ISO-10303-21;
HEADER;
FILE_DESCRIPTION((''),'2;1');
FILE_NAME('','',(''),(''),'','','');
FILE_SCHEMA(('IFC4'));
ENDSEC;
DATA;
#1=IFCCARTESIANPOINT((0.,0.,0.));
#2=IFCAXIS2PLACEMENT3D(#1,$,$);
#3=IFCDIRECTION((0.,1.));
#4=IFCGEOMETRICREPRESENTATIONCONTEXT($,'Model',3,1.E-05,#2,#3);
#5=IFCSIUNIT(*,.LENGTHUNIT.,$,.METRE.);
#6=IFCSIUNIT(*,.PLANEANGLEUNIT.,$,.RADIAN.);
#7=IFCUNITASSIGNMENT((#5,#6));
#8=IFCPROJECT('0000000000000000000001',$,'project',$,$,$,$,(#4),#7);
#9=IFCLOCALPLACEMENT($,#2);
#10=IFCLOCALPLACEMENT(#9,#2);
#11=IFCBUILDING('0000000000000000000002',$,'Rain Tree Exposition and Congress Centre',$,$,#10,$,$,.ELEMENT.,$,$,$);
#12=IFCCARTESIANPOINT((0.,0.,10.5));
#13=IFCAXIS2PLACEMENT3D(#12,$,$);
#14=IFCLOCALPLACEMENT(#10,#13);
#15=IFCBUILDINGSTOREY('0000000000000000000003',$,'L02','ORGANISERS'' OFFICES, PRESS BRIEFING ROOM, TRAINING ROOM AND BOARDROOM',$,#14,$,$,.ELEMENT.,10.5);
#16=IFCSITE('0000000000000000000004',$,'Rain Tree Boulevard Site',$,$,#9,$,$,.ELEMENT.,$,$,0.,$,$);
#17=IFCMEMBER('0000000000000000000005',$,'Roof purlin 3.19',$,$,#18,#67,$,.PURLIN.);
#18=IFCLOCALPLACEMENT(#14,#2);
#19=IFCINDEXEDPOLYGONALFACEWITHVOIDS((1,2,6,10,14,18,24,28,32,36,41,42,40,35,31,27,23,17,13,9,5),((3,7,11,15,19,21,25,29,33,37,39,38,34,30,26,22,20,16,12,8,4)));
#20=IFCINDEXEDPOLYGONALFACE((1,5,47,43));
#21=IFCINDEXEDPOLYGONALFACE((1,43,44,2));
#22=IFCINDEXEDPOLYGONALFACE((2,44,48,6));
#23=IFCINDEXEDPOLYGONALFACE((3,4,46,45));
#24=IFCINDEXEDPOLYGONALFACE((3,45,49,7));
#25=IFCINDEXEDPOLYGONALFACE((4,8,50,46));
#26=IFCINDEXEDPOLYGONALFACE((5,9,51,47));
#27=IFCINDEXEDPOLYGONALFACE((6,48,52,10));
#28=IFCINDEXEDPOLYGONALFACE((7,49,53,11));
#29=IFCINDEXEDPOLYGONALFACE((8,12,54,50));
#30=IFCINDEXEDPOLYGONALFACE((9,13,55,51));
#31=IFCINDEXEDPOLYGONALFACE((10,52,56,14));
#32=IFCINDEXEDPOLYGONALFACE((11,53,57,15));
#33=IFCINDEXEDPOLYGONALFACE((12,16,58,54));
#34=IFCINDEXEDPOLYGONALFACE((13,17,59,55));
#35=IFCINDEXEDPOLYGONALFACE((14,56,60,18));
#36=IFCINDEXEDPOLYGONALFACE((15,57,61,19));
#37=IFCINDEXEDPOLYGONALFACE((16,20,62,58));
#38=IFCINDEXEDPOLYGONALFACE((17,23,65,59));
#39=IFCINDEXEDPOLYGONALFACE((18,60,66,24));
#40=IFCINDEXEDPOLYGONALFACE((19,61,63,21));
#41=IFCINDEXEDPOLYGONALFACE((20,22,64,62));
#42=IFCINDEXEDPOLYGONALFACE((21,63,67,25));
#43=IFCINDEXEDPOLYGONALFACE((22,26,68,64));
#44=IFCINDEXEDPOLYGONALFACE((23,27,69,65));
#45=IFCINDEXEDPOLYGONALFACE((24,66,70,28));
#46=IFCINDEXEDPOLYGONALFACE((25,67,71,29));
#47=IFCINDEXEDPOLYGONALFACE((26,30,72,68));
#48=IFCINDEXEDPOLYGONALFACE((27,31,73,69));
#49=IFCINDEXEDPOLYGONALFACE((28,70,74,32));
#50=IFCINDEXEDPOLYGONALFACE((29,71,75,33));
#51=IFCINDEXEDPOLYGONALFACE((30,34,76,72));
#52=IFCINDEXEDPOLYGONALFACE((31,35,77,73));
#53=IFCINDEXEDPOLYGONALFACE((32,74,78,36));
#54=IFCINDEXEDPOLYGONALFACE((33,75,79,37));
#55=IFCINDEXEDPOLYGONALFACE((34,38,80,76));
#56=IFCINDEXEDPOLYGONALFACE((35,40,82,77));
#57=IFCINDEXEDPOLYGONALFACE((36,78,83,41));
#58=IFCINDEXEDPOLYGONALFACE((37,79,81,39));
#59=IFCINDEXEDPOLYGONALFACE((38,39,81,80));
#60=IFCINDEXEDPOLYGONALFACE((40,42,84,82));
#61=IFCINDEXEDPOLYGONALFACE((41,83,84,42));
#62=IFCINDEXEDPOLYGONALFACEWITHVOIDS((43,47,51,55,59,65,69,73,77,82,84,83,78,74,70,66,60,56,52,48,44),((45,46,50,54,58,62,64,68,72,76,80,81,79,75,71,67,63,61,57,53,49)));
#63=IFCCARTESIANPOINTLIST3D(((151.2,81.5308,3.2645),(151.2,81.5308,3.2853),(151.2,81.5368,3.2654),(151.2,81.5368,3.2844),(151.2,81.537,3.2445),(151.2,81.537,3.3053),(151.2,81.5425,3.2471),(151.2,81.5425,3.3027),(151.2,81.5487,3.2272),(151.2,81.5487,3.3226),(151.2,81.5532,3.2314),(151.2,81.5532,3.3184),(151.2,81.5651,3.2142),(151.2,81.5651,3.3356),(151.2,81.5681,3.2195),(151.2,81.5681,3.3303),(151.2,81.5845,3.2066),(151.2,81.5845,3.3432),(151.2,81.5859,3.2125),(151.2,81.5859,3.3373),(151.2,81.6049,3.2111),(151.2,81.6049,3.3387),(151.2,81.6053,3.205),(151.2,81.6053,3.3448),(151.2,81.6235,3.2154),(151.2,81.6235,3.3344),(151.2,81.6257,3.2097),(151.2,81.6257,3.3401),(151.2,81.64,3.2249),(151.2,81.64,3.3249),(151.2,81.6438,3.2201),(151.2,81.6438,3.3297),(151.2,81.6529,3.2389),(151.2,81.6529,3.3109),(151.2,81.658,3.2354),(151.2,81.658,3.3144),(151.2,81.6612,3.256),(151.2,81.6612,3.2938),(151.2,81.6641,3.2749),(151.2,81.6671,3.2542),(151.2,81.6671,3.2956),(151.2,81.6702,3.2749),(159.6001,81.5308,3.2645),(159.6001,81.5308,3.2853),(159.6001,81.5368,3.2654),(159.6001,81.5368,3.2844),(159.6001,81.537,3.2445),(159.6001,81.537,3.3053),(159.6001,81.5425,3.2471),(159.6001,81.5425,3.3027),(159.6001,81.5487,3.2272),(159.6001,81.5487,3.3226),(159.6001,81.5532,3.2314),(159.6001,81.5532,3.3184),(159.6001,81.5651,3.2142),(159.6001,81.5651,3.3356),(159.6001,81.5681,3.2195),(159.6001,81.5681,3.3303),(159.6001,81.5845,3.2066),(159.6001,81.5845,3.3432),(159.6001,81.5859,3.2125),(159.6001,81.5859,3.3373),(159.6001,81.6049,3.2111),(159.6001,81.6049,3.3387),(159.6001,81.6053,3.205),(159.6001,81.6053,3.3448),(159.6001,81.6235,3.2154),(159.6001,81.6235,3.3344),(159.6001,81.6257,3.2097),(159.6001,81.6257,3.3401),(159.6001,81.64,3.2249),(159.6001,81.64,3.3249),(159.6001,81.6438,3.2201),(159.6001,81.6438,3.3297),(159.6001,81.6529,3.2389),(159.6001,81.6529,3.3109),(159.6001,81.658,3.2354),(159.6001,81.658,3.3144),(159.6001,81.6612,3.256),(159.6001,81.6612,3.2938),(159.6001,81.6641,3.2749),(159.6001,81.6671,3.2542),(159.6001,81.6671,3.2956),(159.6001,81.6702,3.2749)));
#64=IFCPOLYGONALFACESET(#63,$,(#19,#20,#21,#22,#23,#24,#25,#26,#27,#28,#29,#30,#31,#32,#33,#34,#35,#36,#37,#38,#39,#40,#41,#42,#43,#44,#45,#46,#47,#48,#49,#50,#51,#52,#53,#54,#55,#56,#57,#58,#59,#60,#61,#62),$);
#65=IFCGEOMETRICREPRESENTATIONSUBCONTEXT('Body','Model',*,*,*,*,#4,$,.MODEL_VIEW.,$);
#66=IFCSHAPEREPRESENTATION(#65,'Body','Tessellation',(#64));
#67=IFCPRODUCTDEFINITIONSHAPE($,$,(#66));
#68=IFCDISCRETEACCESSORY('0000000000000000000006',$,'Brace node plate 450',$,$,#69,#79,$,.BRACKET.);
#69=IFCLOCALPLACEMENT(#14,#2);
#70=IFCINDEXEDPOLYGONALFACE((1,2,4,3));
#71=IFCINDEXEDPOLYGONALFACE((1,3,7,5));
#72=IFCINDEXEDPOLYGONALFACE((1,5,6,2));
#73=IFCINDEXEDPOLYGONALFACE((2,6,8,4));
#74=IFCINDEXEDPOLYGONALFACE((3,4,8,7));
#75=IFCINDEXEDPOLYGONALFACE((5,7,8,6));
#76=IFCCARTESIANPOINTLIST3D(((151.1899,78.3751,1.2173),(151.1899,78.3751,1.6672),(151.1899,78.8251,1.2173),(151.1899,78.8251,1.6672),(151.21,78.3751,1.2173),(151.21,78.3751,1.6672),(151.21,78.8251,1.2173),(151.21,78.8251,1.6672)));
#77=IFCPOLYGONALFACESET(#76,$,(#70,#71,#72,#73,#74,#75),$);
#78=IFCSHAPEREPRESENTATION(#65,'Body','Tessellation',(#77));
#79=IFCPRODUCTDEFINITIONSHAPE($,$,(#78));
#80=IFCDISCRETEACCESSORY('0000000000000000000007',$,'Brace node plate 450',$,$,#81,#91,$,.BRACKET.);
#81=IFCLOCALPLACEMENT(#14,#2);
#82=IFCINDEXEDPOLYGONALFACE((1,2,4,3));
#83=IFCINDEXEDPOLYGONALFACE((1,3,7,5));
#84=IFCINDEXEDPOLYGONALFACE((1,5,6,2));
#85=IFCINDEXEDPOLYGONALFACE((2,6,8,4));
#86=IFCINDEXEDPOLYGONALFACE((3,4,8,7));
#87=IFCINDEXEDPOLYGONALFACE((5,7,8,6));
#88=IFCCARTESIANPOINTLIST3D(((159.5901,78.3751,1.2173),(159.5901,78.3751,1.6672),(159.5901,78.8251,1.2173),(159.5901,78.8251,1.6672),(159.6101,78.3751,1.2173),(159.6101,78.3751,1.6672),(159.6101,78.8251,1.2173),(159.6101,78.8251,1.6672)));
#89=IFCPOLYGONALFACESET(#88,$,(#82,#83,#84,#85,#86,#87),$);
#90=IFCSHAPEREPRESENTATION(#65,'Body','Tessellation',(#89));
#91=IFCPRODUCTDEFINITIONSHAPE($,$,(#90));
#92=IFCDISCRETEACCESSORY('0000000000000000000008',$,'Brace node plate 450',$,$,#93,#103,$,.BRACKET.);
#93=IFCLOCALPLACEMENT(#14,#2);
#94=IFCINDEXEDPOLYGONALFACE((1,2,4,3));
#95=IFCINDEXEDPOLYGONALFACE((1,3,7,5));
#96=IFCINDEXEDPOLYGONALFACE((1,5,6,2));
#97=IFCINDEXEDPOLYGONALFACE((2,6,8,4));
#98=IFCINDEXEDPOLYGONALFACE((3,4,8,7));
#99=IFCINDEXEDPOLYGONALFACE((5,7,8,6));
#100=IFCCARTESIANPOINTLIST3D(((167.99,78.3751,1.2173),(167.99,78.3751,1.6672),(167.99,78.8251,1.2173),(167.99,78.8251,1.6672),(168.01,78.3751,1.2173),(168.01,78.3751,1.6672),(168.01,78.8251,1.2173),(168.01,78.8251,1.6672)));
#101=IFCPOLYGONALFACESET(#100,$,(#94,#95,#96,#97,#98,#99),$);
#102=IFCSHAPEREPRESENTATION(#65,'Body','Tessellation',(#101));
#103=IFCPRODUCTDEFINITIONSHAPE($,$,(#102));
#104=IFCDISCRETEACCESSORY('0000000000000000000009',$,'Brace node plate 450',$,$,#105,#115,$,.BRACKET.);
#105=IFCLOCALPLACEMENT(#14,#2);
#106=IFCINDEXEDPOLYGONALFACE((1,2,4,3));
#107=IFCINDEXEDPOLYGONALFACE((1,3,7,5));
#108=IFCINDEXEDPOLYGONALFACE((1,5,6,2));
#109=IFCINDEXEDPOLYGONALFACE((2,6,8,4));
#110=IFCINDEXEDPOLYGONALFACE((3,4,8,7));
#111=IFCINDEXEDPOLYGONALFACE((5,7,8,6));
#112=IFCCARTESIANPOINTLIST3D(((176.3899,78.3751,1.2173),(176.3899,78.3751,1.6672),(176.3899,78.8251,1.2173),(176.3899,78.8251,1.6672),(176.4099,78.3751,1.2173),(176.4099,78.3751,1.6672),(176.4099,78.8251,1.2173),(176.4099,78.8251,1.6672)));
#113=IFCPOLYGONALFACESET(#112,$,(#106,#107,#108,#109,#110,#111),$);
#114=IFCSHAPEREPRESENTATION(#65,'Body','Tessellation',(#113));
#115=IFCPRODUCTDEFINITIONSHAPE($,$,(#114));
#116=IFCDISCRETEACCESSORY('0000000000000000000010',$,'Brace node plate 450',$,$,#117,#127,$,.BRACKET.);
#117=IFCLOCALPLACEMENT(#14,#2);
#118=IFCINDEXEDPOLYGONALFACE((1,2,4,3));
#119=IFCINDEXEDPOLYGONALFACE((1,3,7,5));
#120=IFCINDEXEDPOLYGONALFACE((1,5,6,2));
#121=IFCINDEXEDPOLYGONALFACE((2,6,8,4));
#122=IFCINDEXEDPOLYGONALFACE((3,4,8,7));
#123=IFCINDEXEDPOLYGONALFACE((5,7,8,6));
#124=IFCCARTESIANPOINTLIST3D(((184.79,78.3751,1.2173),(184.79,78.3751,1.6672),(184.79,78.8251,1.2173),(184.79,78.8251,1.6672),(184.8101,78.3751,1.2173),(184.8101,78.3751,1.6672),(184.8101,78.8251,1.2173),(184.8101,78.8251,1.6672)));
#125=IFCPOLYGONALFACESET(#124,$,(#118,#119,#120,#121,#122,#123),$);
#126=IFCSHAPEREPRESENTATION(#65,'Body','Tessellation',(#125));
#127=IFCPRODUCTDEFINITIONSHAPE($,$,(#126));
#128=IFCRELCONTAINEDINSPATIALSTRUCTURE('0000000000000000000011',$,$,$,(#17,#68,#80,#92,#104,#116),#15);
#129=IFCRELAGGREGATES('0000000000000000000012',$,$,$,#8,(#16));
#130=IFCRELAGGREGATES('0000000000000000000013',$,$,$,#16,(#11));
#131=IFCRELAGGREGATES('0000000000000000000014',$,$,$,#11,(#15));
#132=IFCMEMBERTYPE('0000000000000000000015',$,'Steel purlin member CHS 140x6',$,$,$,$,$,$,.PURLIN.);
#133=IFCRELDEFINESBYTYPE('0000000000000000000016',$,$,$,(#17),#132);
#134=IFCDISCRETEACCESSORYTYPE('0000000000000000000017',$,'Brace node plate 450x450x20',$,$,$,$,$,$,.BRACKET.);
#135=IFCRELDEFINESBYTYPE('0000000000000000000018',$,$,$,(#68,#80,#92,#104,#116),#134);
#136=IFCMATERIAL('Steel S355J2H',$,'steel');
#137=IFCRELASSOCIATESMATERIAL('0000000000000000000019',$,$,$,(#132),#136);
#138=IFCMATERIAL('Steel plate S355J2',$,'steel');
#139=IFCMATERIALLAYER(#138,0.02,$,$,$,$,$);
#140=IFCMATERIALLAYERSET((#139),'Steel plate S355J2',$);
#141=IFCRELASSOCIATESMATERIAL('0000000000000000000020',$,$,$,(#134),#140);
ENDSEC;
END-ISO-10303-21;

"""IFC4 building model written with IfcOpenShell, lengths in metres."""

from ifc_helpers import new_model, si_unit, direction, frame, origin, origin_2d, place, context, subcontext, project, spatial, rectangle, hollow_circle, extrude, material, layer, layer_set, material_profile, profile_set, type_object, element, save


model = new_model("IFC4")

# Units and contexts
model_context = context("Model", 3, precision=1e-05, world=origin(), true_north=direction((0.0, 1.0)))
body_context = subcontext(model_context, "Body", "Model", "MODEL_VIEW")
ifc_project = project(units=[si_unit("LENGTHUNIT", "METRE"), si_unit("PLANEANGLEUNIT", "RADIAN")], contexts=[model_context])

# Site, building, storey
site_placement = place(None, origin())
site = spatial("IfcSite", under=ifc_project, at=site_placement, Name="Rain Tree Boulevard Site", CompositionType="ELEMENT", RefElevation=0.0)
building_placement = place(site_placement, origin())
building = spatial("IfcBuilding", under=site, at=building_placement, Name="Rain Tree Exposition and Congress Centre", CompositionType="ELEMENT")
storey_placement = place(building_placement, frame((0.0, 0.0, 10.5)))
storey = spatial("IfcBuildingStorey", under=building, at=storey_placement, Name="L02", Description="ORGANISERS' OFFICES, PRESS BRIEFING ROOM, TRAINING ROOM AND BOARDROOM", CompositionType="ELEMENT", Elevation=10.5)

# Member
ifc_material_1 = material(Name="Steel S355J2H", Category="steel")
ifc_material_profile_1 = material_profile(ifc_material_1, hollow_circle(Radius=0.0701, WallThickness=0.0061, at=origin_2d()), Name="CHS 140x6")
ifc_profile_set_1 = profile_set([ifc_material_profile_1], Name="Steel S355J2H")
member_type_1 = type_object("IfcMemberType", Name="Steel purlin member CHS 140x6", PredefinedType="PURLIN", material=ifc_profile_set_1)
member_1_placement = place(storey_placement, frame((151.2, 81.6001, 3.2749), z_axis=(1.0, 0.0, 0.0), x_axis=(0.0, 1.0, 0.0)))
element("IfcMember", 1, at=member_1_placement, inside=storey, type_object=member_type_1, Name="Roof purlin 3.19", PredefinedType="PURLIN", context=body_context, shape_type="SweptSolid", body=[
    extrude(hollow_circle(Radius=0.0701, WallThickness=0.0061, at=origin_2d()), origin(), (0.0, 0.0, 1.0), 8.4001),
])

# Discrete accessories
ifc_material_2 = material(Name="Steel plate S355J2", Category="steel")
ifc_layer = layer(ifc_material_2, 0.02)
ifc_layer_set = layer_set([ifc_layer], Name="Steel plate S355J2")
discrete_accessory_type = type_object("IfcDiscreteAccessoryType", Name="Brace node plate 450x450x20", PredefinedType="BRACKET", material=ifc_layer_set)
for number, where, z_axis, x_axis, name in (
    (2, (151.2, 78.6001, 1.2173), (0.0, 0.0, 1.0), (0.0, 1.0, 0.0), "Brace node plate 450"),
    (3, (159.6001, 78.6001, 1.2173), (0.0, 0.0, 1.0), (0.0, 1.0, 0.0), "Brace node plate 450"),
    (4, (168.0, 78.6001, 1.2173), (0.0, 0.0, 1.0), (0.0, 1.0, 0.0), "Brace node plate 450"),
    (5, (176.3999, 78.6001, 1.2173), (0.0, 0.0, 1.0), (0.0, 1.0, 0.0), "Brace node plate 450"),
    (6, (184.8, 78.6001, 1.2173), (0.0, 0.0, 1.0), (0.0, 1.0, 0.0), "Brace node plate 450"),
):
    element("IfcDiscreteAccessory", number, at=place(storey_placement, frame(where, z_axis=z_axis, x_axis=x_axis)), inside=storey, type_object=discrete_accessory_type, Name=name, PredefinedType="BRACKET", context=body_context, shape_type="SweptSolid", body=[
        extrude(rectangle(XDim=0.45, YDim=0.02, at=origin_2d()), origin(), (0.0, 0.0, 1.0), 0.45),
    ])

save(model, "model.ifc")
